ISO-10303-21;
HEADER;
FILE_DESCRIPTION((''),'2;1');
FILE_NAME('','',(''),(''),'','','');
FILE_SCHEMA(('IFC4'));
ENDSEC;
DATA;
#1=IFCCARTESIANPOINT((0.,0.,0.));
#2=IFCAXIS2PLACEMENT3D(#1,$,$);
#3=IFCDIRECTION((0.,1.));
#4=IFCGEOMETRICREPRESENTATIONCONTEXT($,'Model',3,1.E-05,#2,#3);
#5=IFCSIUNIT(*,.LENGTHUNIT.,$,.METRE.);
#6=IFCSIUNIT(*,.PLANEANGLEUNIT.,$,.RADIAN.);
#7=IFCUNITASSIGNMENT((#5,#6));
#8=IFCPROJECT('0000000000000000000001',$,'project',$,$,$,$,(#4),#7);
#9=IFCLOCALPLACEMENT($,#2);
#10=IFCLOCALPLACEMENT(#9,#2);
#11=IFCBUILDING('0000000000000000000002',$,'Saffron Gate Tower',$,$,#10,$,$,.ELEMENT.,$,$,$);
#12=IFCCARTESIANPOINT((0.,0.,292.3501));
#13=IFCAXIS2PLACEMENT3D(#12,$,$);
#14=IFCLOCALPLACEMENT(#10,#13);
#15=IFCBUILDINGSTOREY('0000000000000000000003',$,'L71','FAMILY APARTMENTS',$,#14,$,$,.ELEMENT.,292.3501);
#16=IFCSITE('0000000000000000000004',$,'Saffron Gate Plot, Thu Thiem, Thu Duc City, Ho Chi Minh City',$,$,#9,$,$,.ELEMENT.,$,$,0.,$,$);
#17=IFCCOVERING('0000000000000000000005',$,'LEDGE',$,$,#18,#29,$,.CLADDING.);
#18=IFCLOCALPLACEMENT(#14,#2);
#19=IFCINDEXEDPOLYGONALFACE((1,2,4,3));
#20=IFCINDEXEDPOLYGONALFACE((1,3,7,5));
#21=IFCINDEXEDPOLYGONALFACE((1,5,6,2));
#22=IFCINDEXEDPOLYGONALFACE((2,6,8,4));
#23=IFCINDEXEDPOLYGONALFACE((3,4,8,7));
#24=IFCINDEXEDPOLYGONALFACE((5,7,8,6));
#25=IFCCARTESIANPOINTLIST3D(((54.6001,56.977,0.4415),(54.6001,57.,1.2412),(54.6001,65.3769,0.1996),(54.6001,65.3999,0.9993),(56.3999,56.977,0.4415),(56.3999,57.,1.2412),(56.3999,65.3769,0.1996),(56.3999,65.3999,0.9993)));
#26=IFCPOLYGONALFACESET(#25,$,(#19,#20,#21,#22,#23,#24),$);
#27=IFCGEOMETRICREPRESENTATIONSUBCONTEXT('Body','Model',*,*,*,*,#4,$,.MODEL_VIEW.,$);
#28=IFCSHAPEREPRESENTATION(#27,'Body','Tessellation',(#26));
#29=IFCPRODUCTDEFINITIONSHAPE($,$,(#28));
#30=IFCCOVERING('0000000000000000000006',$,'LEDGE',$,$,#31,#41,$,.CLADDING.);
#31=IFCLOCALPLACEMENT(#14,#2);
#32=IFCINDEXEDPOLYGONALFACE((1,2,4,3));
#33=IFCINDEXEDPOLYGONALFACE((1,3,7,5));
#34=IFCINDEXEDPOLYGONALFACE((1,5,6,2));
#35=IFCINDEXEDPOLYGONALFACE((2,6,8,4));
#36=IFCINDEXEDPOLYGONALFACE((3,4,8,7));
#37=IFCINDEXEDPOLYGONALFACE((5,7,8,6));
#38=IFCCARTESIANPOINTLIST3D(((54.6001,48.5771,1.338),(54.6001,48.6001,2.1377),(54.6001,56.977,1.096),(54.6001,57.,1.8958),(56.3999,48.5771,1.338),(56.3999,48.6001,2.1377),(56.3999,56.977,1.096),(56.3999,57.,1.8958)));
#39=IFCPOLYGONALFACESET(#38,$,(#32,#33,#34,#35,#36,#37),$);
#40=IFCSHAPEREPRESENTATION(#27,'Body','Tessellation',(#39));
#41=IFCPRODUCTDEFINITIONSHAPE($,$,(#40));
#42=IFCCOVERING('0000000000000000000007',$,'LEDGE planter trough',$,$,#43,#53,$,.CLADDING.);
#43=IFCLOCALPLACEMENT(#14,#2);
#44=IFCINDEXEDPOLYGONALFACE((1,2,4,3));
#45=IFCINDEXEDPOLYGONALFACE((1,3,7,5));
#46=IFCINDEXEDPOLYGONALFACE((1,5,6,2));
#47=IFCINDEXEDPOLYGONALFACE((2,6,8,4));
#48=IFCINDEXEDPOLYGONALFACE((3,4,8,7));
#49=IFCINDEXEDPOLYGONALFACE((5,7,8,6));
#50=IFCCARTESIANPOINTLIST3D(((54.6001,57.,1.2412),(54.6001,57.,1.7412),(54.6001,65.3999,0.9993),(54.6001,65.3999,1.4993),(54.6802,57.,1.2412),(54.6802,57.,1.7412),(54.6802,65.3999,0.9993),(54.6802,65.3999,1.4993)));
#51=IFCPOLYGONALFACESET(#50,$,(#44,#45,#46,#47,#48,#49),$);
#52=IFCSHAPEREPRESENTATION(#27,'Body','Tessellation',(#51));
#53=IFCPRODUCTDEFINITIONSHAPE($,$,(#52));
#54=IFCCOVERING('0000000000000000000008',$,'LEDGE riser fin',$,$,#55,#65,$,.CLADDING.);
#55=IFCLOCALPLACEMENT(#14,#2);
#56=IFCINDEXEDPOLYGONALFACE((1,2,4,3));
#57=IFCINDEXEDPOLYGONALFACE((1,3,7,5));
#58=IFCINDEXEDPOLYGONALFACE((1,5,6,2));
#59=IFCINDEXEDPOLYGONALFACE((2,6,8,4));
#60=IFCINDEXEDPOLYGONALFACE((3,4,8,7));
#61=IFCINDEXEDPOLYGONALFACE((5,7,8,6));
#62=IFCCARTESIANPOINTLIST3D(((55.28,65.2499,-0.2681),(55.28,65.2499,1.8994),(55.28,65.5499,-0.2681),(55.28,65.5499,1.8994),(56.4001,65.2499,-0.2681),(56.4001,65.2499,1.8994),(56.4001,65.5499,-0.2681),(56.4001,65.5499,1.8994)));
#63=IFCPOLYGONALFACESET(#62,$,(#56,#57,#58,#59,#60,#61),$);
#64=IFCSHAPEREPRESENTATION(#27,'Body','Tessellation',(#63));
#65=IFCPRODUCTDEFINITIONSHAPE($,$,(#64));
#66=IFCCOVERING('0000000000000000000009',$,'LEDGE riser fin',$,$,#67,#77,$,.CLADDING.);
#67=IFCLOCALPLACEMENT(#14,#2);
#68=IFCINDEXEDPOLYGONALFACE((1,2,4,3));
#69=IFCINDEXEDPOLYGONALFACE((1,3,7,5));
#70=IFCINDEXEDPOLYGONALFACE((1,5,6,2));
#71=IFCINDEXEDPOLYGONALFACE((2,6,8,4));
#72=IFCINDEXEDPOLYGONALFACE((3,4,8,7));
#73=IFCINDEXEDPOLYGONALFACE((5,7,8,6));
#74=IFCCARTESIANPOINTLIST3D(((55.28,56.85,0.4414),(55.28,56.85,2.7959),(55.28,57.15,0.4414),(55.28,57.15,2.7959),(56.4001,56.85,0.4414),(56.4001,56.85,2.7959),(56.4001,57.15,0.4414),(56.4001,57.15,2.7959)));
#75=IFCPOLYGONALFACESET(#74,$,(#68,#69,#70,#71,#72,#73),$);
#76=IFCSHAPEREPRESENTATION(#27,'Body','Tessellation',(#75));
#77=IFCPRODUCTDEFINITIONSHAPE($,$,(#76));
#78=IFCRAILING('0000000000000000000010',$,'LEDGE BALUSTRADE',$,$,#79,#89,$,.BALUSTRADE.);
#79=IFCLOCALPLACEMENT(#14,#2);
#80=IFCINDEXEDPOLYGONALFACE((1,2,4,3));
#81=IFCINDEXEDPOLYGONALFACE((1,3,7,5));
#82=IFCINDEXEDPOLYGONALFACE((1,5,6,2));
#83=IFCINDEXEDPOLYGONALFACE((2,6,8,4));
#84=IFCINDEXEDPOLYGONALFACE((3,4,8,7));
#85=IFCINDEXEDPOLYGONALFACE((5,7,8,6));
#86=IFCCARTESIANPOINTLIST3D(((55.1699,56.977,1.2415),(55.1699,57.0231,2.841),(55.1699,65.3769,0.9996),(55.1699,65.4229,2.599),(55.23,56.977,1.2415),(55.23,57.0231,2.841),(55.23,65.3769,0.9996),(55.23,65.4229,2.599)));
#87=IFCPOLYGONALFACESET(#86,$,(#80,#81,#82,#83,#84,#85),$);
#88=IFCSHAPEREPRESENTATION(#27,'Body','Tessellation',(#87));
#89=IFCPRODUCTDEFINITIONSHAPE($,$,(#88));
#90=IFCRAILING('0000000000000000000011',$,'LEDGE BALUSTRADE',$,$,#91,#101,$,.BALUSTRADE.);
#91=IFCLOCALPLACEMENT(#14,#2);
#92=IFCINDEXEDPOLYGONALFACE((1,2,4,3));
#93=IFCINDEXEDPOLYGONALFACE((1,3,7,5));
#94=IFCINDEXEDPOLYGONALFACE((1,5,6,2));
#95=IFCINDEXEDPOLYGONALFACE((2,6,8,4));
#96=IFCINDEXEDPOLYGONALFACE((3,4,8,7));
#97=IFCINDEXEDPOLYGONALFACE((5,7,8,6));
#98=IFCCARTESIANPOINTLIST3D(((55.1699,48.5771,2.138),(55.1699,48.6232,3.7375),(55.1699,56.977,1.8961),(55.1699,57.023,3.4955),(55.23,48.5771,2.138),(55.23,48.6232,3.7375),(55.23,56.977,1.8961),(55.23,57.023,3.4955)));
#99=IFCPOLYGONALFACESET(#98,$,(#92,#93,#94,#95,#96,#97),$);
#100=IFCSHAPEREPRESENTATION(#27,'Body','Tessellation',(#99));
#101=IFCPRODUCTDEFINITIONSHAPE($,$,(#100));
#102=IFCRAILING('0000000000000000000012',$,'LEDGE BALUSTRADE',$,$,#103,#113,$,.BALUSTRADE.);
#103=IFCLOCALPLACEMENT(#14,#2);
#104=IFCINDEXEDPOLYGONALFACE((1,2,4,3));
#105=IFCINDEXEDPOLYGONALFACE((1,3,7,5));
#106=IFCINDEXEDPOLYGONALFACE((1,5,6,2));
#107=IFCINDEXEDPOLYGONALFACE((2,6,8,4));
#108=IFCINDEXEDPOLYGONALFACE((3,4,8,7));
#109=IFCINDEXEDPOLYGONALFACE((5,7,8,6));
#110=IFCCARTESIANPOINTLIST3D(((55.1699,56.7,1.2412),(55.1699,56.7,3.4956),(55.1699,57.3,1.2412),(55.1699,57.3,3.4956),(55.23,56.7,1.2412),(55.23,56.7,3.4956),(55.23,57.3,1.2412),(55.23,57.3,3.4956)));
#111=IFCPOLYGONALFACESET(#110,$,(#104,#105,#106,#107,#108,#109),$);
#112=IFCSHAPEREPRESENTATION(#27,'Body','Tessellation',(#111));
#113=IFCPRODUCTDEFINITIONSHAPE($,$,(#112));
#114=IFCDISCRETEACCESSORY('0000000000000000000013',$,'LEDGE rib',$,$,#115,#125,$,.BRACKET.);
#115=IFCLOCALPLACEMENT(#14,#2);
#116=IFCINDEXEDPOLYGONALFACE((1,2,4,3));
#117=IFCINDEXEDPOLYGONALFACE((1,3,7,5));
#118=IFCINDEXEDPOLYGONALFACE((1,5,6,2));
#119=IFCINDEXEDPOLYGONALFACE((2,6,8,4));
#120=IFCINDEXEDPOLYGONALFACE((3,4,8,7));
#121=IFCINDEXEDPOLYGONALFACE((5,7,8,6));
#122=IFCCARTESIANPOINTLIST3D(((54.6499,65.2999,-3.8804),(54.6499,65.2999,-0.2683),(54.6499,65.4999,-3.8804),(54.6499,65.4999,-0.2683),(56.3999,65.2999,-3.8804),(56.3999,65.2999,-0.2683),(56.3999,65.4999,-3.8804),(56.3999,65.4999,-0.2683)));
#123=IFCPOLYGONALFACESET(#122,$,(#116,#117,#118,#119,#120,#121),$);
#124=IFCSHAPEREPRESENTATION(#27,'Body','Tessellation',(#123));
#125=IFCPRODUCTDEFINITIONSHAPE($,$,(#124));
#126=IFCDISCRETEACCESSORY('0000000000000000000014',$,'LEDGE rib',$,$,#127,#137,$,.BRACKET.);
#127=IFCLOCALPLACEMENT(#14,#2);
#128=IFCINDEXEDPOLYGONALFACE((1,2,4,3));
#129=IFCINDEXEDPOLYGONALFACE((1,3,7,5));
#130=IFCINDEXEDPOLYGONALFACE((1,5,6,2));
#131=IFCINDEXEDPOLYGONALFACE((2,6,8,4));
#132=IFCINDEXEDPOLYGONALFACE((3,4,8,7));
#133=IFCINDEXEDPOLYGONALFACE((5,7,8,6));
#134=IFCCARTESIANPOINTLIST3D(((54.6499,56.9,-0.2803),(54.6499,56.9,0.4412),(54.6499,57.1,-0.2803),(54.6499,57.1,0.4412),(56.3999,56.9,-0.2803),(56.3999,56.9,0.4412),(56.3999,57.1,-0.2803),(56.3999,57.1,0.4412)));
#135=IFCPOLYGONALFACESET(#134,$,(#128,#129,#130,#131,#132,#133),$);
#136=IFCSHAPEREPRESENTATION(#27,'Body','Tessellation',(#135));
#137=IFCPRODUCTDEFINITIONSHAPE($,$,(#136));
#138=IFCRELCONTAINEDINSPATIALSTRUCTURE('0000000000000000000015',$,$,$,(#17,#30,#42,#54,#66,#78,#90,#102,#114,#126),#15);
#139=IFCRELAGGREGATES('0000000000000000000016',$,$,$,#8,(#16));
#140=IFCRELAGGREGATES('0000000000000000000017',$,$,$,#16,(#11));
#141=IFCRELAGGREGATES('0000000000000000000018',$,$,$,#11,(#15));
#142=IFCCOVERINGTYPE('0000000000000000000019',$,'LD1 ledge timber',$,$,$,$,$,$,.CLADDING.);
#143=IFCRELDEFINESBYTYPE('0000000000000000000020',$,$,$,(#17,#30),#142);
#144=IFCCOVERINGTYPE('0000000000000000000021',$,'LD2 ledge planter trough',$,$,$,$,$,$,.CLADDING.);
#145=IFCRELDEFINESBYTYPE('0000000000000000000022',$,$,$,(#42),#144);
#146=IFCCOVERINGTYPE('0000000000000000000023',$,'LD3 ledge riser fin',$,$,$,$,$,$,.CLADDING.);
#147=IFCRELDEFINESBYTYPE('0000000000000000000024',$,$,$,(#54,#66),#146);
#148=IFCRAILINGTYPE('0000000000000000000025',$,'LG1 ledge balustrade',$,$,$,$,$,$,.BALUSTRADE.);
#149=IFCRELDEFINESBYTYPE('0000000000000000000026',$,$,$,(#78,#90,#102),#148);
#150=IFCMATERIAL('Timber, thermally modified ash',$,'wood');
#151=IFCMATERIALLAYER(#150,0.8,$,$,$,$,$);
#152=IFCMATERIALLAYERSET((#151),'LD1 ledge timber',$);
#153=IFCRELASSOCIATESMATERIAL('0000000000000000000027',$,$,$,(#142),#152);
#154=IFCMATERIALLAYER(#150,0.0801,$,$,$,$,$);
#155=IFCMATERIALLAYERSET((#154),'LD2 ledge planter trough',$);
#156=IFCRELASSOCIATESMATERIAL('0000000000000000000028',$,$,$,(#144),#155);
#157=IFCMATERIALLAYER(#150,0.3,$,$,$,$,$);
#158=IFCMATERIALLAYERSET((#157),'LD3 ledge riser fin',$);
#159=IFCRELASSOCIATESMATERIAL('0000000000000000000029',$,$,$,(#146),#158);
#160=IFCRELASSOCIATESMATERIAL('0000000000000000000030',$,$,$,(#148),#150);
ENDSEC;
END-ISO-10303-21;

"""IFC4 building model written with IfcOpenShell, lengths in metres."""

from ifc_helpers import new_model, si_unit, direction, frame, origin, origin_2d, place, context, subcontext, project, spatial, polyline, rectangle, outline, extrude, material, layer, layer_set, type_object, element, save


model = new_model("IFC4")

# Units and contexts
model_context = context("Model", 3, precision=1e-05, world=origin(), true_north=direction((0.0, 1.0)))
body_context = subcontext(model_context, "Body", "Model", "MODEL_VIEW")
ifc_project = project(units=[si_unit("LENGTHUNIT", "METRE"), si_unit("PLANEANGLEUNIT", "RADIAN")], contexts=[model_context])

# Site, building, storey
site_placement = place(None, origin())
site = spatial("IfcSite", under=ifc_project, at=site_placement, Name="Saffron Gate Plot, Thu Thiem, Thu Duc City, Ho Chi Minh City", CompositionType="ELEMENT", RefElevation=0.0)
building_placement = place(site_placement, origin())
building = spatial("IfcBuilding", under=site, at=building_placement, Name="Saffron Gate Tower", CompositionType="ELEMENT")
storey_placement = place(building_placement, frame((0.0, 0.0, 292.3501)))
storey = spatial("IfcBuildingStorey", under=building, at=storey_placement, Name="L71", Description="FAMILY APARTMENTS", CompositionType="ELEMENT", Elevation=292.3501)

# Coverings
ifc_material_1 = material(Name="Timber, thermally modified ash", Category="wood")
ifc_layer_1 = layer(ifc_material_1, 0.8)
ifc_layer_set_1 = layer_set([ifc_layer_1], Name="LD1 ledge timber")
covering_type_1 = type_object("IfcCoveringType", Name="LD1 ledge timber", PredefinedType="CLADDING", material=ifc_layer_set_1)
for number, where, z_axis, x_axis, name in (
    (1, (56.3999, 65.3999, 0.9993), (0.0, 0.028791, 0.999585), (0.0, -0.999585, 0.028791), "LEDGE"),
    (2, (56.3999, 57.0, 1.8958), (0.0, 0.028791, 0.999585), (0.0, -0.999585, 0.028791), "LEDGE"),
):
    element("IfcCovering", number, at=place(storey_placement, frame(where, z_axis=z_axis, x_axis=x_axis)), inside=storey, type_object=covering_type_1, Name=name, PredefinedType="CLADDING", context=body_context, shape_type="SweptSolid", body=[
        extrude(outline(polyline([(0.0, 0.0), (8.4034, 0.0), (8.4034, -1.7998), (0.0, -1.7998), (0.0, 0.0)])), origin(), (0.0, 0.0, -1.0), 0.8),
    ])
ifc_layer_2 = layer(ifc_material_1, 0.0801)
ifc_layer_set_2 = layer_set([ifc_layer_2], Name="LD2 ledge planter trough")
covering_type_2 = type_object("IfcCoveringType", Name="LD2 ledge planter trough", PredefinedType="CLADDING", material=ifc_layer_set_2)
covering_1_placement = place(storey_placement, frame((54.6001, 65.3999, 0.9993), z_axis=(-1.0, 0.0, 0.0), x_axis=(0.0, -0.999585, 0.028791)))
element("IfcCovering", 3, at=covering_1_placement, inside=storey, type_object=covering_type_2, Name="LEDGE planter trough", PredefinedType="CLADDING", context=body_context, shape_type="SweptSolid", body=[
    extrude(outline(polyline([(0.0, 0.0), (8.4034, 0.0), (8.4178, 0.4998), (0.0144, 0.4998), (0.0, 0.0)])), origin(), (0.0, 0.0, -1.0), 0.0801),
])
ifc_layer_3 = layer(ifc_material_1, 0.3)
ifc_layer_set_3 = layer_set([ifc_layer_3], Name="LD3 ledge riser fin")
covering_type_3 = type_object("IfcCoveringType", Name="LD3 ledge riser fin", PredefinedType="CLADDING", material=ifc_layer_set_3)
covering_2_placement = place(storey_placement, frame((55.8401, 65.3999, -0.2681), z_axis=(0.0, 0.0, 1.0), x_axis=(0.0, -1.0, 0.0)))
element("IfcCovering", 4, at=covering_2_placement, inside=storey, type_object=covering_type_3, Name="LEDGE riser fin", PredefinedType="CLADDING", context=body_context, shape_type="SweptSolid", body=[
    extrude(rectangle(XDim=0.3, YDim=1.1201, at=origin_2d()), origin(), (0.0, 0.0, 1.0), 2.1675),
])
covering_3_placement = place(storey_placement, frame((55.8401, 57.0, 0.4414), z_axis=(0.0, 0.0, 1.0), x_axis=(0.0, -1.0, 0.0)))
element("IfcCovering", 5, at=covering_3_placement, inside=storey, type_object=covering_type_3, Name="LEDGE riser fin", PredefinedType="CLADDING", context=body_context, shape_type="SweptSolid", body=[
    extrude(rectangle(XDim=0.3, YDim=1.1201, at=origin_2d()), origin(), (0.0, 0.0, 1.0), 2.3545),
])

# Railings
railing_type = type_object("IfcRailingType", Name="LG1 ledge balustrade", PredefinedType="BALUSTRADE", material=ifc_material_1)
for number, where, name in (
    (6, (55.2, 65.3999, 0.9993), "LEDGE BALUSTRADE"),
    (7, (55.2, 57.0, 1.8958), "LEDGE BALUSTRADE"),
):
    element("IfcRailing", number, at=place(storey_placement, frame(where)), inside=storey, type_object=railing_type, Name=name, PredefinedType="BALUSTRADE", context=body_context, shape_type="SweptSolid", body=[
        extrude(rectangle(XDim=0.0601, YDim=1.6001, at=origin_2d()), frame((0.0, 0.0, 0.8), z_axis=(0.0, -0.999585, 0.028791), x_axis=(1.0, 0.0, 0.0)), (0.0, 0.0, 1.0), 8.4033),
    ])
railing_placement = place(storey_placement, frame((55.2, 57.3, 1.2412)))
element("IfcRailing", 8, at=railing_placement, inside=storey, type_object=railing_type, Name="LEDGE BALUSTRADE", PredefinedType="BALUSTRADE", context=body_context, shape_type="SweptSolid", body=[
    extrude(rectangle(XDim=0.0601, YDim=2.2544, at=origin_2d()), frame((0.0, 0.0, 1.1272), z_axis=(0.0, -1.0, 0.0), x_axis=(1.0, 0.0, 0.0)), (0.0, 0.0, 1.0), 0.6001),
])

# Discrete accessories
discrete_accessory_1_placement = place(storey_placement, frame((55.5249, 65.3999, -3.8804), z_axis=(0.0, 0.0, 1.0), x_axis=(0.0, -1.0, 0.0)))
element("IfcDiscreteAccessory", 9, at=discrete_accessory_1_placement, inside=storey, Name="LEDGE rib", PredefinedType="BRACKET", context=body_context, shape_type="SweptSolid", body=[
    extrude(rectangle(XDim=0.2, YDim=1.75, at=origin_2d()), origin(), (0.0, 0.0, 1.0), 3.6121),
])
discrete_accessory_2_placement = place(storey_placement, frame((55.5249, 57.0, -0.2803), z_axis=(0.0, 0.0, 1.0), x_axis=(0.0, -1.0, 0.0)))
element("IfcDiscreteAccessory", 10, at=discrete_accessory_2_placement, inside=storey, Name="LEDGE rib", PredefinedType="BRACKET", context=body_context, shape_type="SweptSolid", body=[
    extrude(rectangle(XDim=0.2, YDim=1.75, at=origin_2d()), origin(), (0.0, 0.0, 1.0), 0.7214),
])

save(model, "model.ifc")
